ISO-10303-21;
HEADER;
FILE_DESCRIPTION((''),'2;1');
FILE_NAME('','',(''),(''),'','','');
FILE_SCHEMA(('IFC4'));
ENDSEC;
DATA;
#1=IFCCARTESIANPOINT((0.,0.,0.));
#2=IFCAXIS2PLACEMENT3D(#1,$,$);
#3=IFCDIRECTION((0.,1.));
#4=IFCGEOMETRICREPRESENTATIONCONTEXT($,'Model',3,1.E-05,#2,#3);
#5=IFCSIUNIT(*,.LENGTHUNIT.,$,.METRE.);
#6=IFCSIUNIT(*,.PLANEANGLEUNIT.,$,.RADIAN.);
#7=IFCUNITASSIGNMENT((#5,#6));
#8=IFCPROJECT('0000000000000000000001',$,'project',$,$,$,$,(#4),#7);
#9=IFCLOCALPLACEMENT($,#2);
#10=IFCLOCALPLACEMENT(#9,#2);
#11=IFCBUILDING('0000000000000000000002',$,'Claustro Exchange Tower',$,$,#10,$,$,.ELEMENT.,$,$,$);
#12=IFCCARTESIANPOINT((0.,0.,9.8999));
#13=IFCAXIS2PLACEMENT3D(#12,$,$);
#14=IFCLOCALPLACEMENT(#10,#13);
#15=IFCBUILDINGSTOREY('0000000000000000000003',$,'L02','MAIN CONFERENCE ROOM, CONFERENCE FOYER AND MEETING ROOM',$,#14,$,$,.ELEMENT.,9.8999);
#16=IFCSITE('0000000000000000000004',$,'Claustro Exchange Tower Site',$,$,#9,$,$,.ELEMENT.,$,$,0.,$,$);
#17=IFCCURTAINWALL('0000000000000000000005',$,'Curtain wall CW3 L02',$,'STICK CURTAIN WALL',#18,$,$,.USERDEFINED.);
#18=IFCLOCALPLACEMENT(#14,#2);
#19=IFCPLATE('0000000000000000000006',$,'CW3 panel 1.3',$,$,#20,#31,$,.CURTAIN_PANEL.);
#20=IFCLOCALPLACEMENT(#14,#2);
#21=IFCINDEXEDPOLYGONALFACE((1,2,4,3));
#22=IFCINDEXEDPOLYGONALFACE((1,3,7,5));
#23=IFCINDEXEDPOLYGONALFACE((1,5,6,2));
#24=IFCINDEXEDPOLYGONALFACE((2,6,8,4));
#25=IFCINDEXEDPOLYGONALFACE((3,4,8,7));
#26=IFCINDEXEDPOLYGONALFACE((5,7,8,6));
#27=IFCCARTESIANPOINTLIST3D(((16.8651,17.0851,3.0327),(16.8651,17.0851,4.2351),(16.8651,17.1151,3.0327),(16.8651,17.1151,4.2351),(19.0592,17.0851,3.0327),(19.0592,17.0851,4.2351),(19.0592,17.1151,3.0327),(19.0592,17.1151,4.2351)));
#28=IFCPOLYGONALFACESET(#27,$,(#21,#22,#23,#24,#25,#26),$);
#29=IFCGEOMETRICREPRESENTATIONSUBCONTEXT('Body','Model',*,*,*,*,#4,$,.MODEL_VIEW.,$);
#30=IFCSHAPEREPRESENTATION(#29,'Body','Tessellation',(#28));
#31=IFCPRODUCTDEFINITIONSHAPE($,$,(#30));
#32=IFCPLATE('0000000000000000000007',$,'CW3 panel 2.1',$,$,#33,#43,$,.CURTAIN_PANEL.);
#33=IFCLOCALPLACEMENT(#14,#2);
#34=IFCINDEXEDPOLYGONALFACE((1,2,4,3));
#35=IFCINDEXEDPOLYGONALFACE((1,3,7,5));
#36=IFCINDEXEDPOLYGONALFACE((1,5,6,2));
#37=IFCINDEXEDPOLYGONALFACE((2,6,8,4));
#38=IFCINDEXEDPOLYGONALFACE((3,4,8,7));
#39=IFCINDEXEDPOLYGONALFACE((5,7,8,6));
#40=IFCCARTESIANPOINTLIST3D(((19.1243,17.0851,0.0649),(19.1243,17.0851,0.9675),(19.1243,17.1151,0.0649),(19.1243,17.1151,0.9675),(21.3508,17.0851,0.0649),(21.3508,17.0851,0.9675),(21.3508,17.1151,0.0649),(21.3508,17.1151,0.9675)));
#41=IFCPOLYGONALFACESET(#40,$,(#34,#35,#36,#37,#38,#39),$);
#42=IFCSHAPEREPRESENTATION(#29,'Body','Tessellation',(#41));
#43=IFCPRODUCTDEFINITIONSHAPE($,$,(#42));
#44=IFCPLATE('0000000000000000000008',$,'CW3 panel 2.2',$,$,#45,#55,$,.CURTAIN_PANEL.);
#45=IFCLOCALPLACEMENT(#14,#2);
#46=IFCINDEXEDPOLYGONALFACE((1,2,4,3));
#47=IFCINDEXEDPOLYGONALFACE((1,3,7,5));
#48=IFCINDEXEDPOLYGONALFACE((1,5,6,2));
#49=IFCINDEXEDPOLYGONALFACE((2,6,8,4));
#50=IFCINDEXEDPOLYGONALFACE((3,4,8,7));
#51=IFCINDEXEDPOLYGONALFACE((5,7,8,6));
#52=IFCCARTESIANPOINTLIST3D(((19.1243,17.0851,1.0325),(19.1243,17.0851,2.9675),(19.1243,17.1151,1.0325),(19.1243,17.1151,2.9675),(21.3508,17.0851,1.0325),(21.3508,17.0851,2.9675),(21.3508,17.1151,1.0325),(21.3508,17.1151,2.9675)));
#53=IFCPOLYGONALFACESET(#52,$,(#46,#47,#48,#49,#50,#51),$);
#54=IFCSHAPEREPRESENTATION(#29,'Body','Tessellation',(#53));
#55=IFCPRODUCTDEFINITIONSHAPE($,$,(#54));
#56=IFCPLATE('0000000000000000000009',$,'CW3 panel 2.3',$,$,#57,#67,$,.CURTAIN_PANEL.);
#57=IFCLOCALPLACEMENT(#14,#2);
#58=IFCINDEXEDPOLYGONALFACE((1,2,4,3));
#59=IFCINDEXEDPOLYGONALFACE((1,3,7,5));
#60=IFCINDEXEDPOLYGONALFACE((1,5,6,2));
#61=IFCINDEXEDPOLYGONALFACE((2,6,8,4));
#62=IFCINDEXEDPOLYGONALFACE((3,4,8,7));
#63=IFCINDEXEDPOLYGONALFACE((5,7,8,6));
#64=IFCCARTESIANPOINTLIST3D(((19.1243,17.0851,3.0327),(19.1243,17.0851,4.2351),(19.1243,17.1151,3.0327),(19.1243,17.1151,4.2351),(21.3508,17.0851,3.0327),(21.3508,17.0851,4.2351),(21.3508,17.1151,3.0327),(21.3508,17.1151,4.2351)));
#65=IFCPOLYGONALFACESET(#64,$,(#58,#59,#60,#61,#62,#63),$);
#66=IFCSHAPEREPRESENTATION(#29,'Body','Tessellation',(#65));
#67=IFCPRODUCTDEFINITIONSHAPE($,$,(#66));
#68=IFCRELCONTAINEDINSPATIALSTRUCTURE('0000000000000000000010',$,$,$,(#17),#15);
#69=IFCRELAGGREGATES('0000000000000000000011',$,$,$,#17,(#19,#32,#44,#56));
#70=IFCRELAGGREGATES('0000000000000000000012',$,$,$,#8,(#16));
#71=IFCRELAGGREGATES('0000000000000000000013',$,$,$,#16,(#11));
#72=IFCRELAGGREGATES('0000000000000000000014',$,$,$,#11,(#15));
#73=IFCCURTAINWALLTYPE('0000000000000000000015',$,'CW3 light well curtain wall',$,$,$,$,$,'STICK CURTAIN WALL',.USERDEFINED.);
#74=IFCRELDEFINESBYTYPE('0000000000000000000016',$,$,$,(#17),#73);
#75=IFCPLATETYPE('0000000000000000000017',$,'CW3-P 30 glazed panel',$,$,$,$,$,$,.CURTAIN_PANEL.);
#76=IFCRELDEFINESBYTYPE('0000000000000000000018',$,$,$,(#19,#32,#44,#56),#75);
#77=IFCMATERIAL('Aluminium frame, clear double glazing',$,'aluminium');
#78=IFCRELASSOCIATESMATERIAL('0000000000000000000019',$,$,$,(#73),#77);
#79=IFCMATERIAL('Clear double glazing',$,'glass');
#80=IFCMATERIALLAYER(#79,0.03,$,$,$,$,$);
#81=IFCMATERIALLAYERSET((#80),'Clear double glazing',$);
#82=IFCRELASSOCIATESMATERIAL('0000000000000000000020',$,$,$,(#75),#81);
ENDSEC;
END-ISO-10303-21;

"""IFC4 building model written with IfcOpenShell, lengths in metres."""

from ifc_helpers import new_model, si_unit, direction, frame, origin, origin_2d, place, context, subcontext, project, spatial, rectangle, extrude, material, layer, layer_set, type_object, element, aggregate, save


model = new_model("IFC4")

# Units and contexts
model_context = context("Model", 3, precision=1e-05, world=origin(), true_north=direction((0.0, 1.0)))
body_context = subcontext(model_context, "Body", "Model", "MODEL_VIEW")
ifc_project = project(units=[si_unit("LENGTHUNIT", "METRE"), si_unit("PLANEANGLEUNIT", "RADIAN")], contexts=[model_context])

# Site, building, storey
site_placement = place(None, origin())
site = spatial("IfcSite", under=ifc_project, at=site_placement, Name="Claustro Exchange Tower Site", CompositionType="ELEMENT", RefElevation=0.0)
building_placement = place(site_placement, origin())
building = spatial("IfcBuilding", under=site, at=building_placement, Name="Claustro Exchange Tower", CompositionType="ELEMENT")
storey_placement = place(building_placement, frame((0.0, 0.0, 9.8999)))
storey = spatial("IfcBuildingStorey", under=building, at=storey_placement, Name="L02", Description="MAIN CONFERENCE ROOM, CONFERENCE FOYER AND MEETING ROOM", CompositionType="ELEMENT", Elevation=9.8999)

# Curtain wall, plates
ifc_material_1 = material(Name="Aluminium frame, clear double glazing", Category="aluminium")
curtain_wall_type = type_object("IfcCurtainWallType", Name="CW3 light well curtain wall", ElementType="STICK CURTAIN WALL", PredefinedType="USERDEFINED", material=ifc_material_1)
curtain_wall_placement = place(storey_placement, origin())
curtain_wall = element("IfcCurtainWall", 1, at=curtain_wall_placement, inside=storey, type_object=curtain_wall_type, Name="Curtain wall CW3 L02", ObjectType="STICK CURTAIN WALL", PredefinedType="USERDEFINED")
ifc_material_2 = material(Name="Clear double glazing", Category="glass")
ifc_layer = layer(ifc_material_2, 0.03)
ifc_layer_set = layer_set([ifc_layer], Name="Clear double glazing")
plate_type = type_object("IfcPlateType", Name="CW3-P 30 glazed panel", PredefinedType="CURTAIN_PANEL", material=ifc_layer_set)
plate_1_placement = place(storey_placement, frame((17.9622, 17.1001, 3.0327), z_axis=(0.0, 0.0, 1.0), x_axis=(1.0, 0.0, 0.0)))
plate_1 = element("IfcPlate", 2, at=plate_1_placement, type_object=plate_type, Name="CW3 panel 1.3", PredefinedType="CURTAIN_PANEL", context=body_context, shape_type="SweptSolid", body=[
    extrude(rectangle(XDim=2.1941, YDim=0.03, at=origin_2d()), origin(), (0.0, 0.0, 1.0), 1.2024),
])
plate_2_placement = place(storey_placement, frame((20.2375, 17.1001, 0.0649), z_axis=(0.0, 0.0, 1.0), x_axis=(1.0, 0.0, 0.0)))
plate_2 = element("IfcPlate", 3, at=plate_2_placement, type_object=plate_type, Name="CW3 panel 2.1", PredefinedType="CURTAIN_PANEL", context=body_context, shape_type="SweptSolid", body=[
    extrude(rectangle(XDim=2.2266, YDim=0.03, at=origin_2d()), origin(), (0.0, 0.0, 1.0), 0.9026),
])
plate_3_placement = place(storey_placement, frame((20.2375, 17.1001, 1.0325), z_axis=(0.0, 0.0, 1.0), x_axis=(1.0, 0.0, 0.0)))
plate_3 = element("IfcPlate", 4, at=plate_3_placement, type_object=plate_type, Name="CW3 panel 2.2", PredefinedType="CURTAIN_PANEL", context=body_context, shape_type="SweptSolid", body=[
    extrude(rectangle(XDim=2.2266, YDim=0.03, at=origin_2d()), origin(), (0.0, 0.0, 1.0), 1.9351),
])
plate_4_placement = place(storey_placement, frame((20.2375, 17.1001, 3.0327), z_axis=(0.0, 0.0, 1.0), x_axis=(1.0, 0.0, 0.0)))
plate_4 = element("IfcPlate", 5, at=plate_4_placement, type_object=plate_type, Name="CW3 panel 2.3", PredefinedType="CURTAIN_PANEL", context=body_context, shape_type="SweptSolid", body=[
    extrude(rectangle(XDim=2.2266, YDim=0.03, at=origin_2d()), origin(), (0.0, 0.0, 1.0), 1.2024),
])
aggregate(curtain_wall, [plate_1, plate_2, plate_3, plate_4])

save(model, "model.ifc")
